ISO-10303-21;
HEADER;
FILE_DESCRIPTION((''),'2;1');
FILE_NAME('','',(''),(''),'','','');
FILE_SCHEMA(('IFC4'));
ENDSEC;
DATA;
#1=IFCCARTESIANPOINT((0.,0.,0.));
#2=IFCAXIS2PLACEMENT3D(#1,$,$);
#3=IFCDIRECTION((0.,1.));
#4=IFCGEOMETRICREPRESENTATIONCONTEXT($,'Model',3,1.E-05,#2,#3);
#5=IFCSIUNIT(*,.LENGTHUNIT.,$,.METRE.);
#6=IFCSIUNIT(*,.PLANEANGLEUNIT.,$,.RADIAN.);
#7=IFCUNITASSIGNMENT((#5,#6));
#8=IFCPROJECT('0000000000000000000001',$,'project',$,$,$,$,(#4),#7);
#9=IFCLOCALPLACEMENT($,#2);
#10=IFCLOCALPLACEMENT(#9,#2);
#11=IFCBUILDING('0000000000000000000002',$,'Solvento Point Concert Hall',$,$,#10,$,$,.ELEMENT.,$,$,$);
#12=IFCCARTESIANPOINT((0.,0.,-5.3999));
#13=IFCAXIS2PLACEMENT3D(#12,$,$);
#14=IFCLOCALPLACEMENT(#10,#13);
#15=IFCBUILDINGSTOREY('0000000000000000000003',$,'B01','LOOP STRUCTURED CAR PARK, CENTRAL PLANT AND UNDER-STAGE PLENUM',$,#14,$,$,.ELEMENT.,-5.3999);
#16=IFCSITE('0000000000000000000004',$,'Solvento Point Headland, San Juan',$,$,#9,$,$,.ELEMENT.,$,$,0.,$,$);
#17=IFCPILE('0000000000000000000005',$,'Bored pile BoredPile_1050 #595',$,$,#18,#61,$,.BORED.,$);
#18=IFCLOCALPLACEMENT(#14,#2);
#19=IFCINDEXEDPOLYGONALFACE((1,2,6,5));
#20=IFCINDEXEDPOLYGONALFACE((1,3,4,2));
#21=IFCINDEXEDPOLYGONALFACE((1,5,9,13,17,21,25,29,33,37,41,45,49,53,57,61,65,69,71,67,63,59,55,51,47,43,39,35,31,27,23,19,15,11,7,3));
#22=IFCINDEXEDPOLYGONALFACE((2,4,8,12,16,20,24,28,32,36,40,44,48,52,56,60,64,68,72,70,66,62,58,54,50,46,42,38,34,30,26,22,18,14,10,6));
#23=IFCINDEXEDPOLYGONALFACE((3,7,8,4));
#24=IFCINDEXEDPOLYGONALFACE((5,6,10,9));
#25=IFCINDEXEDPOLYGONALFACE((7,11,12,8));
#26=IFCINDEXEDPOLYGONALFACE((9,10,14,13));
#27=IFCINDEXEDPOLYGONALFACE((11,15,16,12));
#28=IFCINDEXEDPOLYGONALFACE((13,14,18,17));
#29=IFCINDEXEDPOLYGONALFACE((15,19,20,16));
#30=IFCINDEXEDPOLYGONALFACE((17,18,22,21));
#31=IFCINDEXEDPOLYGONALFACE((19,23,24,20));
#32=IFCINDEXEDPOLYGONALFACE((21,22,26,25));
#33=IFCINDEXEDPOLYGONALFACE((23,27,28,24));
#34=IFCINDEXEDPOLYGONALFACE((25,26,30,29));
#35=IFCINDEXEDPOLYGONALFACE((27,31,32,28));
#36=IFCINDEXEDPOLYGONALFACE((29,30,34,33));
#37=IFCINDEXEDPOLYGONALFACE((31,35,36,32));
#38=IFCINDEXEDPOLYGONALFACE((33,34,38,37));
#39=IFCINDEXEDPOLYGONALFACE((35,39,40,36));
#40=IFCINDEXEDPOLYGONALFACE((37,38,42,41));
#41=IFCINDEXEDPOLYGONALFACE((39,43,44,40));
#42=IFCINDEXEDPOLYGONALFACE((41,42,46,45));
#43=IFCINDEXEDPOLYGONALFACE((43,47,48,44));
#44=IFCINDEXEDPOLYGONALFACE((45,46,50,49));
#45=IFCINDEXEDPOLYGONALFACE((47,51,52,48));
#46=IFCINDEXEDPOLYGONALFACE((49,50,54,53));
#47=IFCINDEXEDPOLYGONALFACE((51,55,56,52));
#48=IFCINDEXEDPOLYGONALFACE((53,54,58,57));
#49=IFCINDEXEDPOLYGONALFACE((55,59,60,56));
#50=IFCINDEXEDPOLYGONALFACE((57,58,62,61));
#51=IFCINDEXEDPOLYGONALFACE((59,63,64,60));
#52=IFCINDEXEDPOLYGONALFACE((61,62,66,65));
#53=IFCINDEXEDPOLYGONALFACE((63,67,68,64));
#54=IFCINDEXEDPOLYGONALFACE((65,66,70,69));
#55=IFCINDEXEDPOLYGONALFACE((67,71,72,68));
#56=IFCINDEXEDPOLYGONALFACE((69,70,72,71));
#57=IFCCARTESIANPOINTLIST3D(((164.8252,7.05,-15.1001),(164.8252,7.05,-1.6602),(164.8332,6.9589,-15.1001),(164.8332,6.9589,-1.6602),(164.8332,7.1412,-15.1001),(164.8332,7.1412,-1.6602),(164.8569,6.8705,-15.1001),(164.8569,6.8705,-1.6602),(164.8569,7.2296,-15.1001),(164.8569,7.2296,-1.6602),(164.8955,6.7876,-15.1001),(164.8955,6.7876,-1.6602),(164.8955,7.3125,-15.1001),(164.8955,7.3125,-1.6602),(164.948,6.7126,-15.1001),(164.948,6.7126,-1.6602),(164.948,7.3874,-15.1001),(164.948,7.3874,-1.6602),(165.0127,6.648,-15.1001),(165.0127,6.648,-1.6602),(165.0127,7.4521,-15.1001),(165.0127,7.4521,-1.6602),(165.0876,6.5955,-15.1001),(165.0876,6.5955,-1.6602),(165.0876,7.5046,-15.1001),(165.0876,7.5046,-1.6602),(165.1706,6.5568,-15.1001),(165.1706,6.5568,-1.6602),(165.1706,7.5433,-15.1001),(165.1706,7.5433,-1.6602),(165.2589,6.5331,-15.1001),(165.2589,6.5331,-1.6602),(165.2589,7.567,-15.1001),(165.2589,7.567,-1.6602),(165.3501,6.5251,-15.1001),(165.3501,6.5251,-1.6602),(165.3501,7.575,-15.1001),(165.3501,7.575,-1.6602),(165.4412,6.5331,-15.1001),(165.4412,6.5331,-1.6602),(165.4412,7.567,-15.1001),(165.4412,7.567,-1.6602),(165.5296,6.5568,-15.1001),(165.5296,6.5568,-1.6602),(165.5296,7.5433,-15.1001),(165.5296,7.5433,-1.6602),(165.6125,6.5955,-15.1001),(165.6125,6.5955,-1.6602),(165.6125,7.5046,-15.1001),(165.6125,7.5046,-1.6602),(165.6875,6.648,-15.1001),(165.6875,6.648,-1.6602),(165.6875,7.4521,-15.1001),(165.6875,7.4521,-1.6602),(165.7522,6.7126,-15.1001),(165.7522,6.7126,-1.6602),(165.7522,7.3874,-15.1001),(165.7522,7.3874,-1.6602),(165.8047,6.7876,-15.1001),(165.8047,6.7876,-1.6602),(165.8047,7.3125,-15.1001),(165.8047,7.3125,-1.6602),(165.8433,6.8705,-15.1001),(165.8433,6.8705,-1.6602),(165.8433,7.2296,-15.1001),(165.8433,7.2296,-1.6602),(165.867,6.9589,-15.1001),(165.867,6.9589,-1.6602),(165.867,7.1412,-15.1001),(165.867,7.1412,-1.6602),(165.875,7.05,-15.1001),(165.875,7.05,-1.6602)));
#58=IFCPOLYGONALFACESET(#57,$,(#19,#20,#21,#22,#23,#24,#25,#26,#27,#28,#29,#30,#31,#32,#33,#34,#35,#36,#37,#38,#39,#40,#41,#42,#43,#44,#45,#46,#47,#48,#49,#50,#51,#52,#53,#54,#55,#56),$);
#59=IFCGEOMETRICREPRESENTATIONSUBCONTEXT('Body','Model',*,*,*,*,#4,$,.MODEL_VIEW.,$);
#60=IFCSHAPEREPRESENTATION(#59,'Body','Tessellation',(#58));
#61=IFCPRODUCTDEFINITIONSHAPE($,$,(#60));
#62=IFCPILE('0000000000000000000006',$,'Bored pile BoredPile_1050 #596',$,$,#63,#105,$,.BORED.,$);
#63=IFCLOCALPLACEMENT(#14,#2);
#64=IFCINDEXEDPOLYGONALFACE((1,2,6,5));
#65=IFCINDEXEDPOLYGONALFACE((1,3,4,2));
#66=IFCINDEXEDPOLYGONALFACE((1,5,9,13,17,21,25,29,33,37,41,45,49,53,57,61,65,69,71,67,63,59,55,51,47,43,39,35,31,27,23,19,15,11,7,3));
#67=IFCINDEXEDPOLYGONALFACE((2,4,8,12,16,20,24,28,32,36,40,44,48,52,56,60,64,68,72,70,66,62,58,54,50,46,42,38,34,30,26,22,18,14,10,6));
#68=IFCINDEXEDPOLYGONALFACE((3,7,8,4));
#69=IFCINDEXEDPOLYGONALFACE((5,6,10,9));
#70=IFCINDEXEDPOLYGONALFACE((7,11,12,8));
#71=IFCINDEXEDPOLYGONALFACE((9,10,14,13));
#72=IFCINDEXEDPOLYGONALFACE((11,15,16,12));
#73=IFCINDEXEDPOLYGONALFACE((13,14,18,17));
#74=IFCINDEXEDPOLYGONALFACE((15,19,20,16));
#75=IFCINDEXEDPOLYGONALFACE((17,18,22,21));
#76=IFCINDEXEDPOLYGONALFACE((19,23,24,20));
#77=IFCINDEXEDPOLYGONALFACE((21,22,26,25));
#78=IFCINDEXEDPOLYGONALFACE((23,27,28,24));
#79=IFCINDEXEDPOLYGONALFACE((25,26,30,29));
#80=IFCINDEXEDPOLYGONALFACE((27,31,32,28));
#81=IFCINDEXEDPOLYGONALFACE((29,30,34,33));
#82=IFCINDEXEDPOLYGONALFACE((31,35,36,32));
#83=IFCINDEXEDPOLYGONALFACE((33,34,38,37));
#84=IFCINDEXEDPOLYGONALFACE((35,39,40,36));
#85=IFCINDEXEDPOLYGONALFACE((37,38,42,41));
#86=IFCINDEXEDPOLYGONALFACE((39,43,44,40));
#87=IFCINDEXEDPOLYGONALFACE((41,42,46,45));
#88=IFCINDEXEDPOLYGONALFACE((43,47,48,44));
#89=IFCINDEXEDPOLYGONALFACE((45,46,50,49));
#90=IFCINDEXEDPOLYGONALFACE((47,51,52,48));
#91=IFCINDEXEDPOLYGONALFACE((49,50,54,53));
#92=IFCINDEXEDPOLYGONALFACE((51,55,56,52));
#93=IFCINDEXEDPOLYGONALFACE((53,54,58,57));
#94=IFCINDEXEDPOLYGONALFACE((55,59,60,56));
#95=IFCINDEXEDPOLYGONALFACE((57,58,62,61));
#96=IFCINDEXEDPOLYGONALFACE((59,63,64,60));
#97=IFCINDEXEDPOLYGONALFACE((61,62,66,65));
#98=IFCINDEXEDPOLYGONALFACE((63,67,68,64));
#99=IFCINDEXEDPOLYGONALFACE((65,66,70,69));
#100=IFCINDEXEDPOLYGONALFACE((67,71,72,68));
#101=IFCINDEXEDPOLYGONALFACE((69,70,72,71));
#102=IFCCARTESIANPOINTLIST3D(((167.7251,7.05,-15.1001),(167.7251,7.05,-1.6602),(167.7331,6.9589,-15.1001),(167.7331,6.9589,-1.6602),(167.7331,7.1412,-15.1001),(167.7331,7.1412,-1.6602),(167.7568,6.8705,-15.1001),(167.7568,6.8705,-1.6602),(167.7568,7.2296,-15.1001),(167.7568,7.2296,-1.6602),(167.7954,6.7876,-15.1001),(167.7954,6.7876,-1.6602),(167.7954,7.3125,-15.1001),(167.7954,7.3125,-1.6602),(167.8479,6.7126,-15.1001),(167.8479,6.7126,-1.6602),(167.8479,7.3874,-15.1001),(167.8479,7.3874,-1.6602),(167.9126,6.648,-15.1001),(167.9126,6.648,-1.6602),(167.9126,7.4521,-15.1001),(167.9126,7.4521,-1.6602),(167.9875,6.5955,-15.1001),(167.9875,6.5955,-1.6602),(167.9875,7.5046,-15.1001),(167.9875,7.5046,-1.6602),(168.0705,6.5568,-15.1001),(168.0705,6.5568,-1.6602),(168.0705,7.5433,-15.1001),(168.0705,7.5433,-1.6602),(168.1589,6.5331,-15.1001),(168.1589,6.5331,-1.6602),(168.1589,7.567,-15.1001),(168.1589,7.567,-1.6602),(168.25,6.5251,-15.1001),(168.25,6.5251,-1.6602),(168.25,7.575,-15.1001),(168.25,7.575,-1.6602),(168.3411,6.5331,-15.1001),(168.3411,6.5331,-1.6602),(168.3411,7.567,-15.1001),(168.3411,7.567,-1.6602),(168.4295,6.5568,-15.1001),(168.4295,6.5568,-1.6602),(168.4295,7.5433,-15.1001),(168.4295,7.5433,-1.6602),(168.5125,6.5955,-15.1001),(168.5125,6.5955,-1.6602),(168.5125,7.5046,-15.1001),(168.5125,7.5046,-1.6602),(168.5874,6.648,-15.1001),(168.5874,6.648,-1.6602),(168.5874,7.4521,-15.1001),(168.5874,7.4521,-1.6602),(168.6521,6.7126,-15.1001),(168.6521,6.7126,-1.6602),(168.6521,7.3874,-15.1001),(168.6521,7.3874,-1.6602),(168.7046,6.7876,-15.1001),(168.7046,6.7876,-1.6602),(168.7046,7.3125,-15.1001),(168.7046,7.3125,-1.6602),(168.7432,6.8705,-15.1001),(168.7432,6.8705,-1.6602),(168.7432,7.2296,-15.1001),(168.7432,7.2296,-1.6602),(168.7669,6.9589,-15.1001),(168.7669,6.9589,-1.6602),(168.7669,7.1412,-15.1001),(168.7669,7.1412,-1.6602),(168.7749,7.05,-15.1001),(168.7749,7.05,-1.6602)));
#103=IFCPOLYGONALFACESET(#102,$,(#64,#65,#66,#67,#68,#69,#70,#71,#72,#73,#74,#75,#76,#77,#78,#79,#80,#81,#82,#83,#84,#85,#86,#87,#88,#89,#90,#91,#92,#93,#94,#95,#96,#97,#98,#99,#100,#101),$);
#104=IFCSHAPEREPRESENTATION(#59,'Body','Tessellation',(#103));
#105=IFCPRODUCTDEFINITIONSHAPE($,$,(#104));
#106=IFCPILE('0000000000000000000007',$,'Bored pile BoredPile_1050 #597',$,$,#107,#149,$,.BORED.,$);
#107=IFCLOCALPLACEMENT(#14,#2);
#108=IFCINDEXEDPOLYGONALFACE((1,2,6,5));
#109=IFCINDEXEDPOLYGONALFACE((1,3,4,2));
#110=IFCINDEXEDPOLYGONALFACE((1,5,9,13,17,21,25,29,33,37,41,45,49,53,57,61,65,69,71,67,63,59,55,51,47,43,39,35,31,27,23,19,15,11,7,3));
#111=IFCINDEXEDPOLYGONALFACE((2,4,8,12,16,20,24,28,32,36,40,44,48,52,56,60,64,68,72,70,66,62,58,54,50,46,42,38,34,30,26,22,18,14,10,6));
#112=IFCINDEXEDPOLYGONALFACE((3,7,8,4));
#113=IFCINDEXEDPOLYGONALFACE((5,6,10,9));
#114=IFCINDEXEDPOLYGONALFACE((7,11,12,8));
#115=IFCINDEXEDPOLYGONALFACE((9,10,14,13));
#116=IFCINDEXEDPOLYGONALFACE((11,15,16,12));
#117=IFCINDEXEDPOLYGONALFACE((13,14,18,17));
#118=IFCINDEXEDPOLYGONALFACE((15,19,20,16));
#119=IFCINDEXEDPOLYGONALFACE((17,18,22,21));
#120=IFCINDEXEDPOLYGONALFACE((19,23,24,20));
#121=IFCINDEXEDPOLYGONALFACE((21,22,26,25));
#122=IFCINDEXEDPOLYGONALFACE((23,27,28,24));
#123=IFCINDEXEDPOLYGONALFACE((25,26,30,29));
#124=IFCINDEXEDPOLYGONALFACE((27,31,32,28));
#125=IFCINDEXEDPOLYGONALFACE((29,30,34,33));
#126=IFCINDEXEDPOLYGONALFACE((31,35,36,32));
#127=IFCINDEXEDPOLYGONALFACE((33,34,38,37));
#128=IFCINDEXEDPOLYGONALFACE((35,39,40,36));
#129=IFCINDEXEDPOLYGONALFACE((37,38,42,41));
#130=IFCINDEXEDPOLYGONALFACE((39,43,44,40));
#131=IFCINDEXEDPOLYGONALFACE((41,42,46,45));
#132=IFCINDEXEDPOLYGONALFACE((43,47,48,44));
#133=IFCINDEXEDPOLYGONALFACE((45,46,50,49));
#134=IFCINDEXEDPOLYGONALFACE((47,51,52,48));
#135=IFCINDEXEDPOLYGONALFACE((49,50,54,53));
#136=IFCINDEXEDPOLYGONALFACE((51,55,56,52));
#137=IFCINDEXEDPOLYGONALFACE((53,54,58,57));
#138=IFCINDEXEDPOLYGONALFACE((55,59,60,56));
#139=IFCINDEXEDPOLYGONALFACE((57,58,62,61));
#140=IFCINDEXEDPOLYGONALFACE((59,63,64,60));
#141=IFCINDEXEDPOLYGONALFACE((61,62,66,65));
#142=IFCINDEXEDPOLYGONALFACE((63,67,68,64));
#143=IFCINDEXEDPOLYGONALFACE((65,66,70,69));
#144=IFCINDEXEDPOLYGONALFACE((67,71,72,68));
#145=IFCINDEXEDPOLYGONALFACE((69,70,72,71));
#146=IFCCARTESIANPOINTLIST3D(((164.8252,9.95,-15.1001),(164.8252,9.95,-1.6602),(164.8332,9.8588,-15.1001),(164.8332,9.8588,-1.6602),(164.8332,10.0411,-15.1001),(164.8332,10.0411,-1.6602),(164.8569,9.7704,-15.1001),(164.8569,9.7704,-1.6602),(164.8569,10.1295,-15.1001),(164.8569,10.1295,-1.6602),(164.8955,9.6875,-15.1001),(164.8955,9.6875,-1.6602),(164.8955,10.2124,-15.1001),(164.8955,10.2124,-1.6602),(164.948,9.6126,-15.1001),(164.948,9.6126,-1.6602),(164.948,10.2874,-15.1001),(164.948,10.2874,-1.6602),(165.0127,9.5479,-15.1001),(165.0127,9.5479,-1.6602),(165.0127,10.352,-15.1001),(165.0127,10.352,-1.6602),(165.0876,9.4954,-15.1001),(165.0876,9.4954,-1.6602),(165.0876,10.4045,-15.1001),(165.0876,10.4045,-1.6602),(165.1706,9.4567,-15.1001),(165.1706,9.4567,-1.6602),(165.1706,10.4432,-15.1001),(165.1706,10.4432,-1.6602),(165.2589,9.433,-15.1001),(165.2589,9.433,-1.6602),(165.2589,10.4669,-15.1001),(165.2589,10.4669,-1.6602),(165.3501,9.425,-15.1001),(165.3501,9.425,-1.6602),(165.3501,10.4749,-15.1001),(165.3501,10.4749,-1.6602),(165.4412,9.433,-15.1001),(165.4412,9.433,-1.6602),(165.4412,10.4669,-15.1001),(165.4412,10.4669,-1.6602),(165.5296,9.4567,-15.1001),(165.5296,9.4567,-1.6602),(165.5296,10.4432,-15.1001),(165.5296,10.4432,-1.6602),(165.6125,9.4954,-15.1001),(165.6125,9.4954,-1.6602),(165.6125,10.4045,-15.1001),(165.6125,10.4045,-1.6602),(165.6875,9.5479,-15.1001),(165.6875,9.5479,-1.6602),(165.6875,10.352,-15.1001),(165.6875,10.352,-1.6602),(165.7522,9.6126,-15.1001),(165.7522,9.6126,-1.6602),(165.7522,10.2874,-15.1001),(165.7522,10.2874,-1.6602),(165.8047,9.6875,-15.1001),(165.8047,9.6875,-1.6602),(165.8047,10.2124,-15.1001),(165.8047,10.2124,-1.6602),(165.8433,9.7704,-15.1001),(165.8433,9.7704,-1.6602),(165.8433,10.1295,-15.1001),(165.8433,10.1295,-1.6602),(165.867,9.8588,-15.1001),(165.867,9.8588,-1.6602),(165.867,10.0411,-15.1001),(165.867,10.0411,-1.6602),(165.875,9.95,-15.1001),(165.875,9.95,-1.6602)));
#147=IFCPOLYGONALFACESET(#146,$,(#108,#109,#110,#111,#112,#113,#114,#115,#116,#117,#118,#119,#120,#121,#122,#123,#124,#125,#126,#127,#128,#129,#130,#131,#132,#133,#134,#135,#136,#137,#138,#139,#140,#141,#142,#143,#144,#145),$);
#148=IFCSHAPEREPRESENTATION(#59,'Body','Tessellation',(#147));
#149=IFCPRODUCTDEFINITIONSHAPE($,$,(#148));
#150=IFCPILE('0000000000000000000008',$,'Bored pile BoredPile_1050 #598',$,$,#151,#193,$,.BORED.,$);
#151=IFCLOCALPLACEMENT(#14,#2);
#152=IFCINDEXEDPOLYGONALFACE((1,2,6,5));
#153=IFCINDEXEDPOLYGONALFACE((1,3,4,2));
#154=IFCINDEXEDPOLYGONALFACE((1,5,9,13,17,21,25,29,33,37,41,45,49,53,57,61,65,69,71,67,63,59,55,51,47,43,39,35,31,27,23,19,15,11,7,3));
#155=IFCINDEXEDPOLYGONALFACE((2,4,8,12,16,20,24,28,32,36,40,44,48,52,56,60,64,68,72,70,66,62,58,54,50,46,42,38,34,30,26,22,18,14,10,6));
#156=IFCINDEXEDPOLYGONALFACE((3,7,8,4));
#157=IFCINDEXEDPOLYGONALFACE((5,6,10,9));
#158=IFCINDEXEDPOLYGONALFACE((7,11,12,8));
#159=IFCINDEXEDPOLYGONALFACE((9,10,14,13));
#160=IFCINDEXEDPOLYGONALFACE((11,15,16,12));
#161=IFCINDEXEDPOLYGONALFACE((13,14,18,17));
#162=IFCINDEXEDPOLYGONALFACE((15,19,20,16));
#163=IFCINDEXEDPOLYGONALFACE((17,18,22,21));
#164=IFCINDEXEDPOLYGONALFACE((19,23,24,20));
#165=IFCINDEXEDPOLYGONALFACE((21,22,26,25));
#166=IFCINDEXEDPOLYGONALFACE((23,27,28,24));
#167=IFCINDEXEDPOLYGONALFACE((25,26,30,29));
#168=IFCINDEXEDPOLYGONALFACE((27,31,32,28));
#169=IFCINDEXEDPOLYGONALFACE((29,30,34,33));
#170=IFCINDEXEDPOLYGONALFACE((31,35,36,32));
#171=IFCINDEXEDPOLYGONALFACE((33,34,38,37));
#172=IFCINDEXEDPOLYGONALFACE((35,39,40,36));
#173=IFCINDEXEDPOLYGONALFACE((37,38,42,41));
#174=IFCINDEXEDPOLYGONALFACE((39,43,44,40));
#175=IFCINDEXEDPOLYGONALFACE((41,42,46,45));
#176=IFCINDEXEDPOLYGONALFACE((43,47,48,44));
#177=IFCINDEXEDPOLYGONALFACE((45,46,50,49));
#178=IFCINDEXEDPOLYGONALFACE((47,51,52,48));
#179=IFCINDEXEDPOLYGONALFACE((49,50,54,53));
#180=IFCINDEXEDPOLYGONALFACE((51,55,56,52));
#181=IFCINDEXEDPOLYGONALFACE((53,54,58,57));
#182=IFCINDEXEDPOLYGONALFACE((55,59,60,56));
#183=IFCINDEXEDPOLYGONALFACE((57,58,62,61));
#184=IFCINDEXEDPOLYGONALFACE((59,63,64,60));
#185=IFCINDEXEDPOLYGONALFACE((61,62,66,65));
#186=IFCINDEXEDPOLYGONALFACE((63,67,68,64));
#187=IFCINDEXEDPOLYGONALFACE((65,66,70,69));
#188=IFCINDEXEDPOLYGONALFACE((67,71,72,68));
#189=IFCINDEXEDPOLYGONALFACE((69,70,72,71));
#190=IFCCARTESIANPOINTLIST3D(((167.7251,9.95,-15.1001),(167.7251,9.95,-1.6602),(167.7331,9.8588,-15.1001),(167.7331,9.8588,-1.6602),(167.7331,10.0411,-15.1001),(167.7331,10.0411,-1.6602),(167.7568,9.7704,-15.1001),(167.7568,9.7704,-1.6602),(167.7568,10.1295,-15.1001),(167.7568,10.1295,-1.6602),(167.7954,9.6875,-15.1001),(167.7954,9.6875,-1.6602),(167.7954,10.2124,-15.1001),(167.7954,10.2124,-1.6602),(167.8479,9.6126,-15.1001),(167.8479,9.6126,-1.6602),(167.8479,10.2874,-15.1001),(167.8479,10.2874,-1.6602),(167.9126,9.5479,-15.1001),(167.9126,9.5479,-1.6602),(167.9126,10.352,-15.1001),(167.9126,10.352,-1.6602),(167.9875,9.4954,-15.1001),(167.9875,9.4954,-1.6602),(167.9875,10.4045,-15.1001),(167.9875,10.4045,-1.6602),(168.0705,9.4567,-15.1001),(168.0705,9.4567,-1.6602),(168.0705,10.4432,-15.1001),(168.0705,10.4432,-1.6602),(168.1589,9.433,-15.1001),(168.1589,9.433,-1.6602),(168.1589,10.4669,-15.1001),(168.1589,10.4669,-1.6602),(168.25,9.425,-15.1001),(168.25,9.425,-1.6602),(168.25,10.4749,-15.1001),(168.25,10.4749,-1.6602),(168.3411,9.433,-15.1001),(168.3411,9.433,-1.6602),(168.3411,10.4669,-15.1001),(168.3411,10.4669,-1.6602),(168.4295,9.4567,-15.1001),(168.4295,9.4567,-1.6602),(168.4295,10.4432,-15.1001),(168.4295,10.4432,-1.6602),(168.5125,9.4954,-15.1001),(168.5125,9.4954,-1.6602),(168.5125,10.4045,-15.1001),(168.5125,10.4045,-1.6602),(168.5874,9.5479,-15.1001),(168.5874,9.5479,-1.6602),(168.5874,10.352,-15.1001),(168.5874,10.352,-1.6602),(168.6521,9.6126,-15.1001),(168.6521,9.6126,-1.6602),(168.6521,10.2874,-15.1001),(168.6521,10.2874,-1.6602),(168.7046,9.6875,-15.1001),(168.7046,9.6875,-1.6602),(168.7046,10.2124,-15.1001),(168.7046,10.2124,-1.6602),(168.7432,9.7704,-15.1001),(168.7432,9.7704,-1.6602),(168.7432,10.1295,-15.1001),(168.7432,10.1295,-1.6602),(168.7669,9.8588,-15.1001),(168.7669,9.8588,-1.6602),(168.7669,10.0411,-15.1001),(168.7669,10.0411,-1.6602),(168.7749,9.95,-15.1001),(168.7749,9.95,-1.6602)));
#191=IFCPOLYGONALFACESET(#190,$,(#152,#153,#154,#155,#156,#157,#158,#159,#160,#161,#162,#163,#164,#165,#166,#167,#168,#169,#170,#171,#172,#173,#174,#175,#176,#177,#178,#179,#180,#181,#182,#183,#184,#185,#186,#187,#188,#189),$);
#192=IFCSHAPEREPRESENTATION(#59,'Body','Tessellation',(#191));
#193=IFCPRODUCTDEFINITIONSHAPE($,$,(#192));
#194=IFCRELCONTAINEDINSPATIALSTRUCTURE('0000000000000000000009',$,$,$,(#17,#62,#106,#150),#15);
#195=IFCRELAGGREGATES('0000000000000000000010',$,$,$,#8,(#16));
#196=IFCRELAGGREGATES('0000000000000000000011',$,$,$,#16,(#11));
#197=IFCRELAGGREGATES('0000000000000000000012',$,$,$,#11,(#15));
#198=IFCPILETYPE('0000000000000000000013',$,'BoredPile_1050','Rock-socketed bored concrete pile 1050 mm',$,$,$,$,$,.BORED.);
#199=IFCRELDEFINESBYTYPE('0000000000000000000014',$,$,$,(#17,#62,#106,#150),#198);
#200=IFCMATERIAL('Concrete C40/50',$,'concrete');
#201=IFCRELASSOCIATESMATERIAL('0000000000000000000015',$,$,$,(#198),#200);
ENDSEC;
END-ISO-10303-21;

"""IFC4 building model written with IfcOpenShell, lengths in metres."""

from ifc_helpers import new_model, si_unit, direction, frame, origin, origin_2d, place, context, subcontext, project, spatial, circle, extrude, material, material_profile, profile_set, type_object, element, save


model = new_model("IFC4")

# Units and contexts
model_context = context("Model", 3, precision=1e-05, world=origin(), true_north=direction((0.0, 1.0)))
body_context = subcontext(model_context, "Body", "Model", "MODEL_VIEW")
ifc_project = project(units=[si_unit("LENGTHUNIT", "METRE"), si_unit("PLANEANGLEUNIT", "RADIAN")], contexts=[model_context])

# Site, building, storey
site_placement = place(None, origin())
site = spatial("IfcSite", under=ifc_project, at=site_placement, Name="Solvento Point Headland, San Juan", CompositionType="ELEMENT", RefElevation=0.0)
building_placement = place(site_placement, origin())
building = spatial("IfcBuilding", under=site, at=building_placement, Name="Solvento Point Concert Hall", CompositionType="ELEMENT")
storey_placement = place(building_placement, frame((0.0, 0.0, -5.3999)))
storey = spatial("IfcBuildingStorey", under=building, at=storey_placement, Name="B01", Description="LOOP STRUCTURED CAR PARK, CENTRAL PLANT AND UNDER-STAGE PLENUM", CompositionType="ELEMENT", Elevation=-5.3999)

# Piles
ifc_material_1 = material(Name="Concrete C40/50", Category="concrete")
ifc_material_profile_1 = material_profile(ifc_material_1, circle(Radius=0.5249, at=origin_2d()), Name="BP-1050")
ifc_profile_set_1 = profile_set([ifc_material_profile_1], Name="Concrete C40/50")
pile_type_1 = type_object("IfcPileType", Name="BoredPile_1050", Description="Rock-socketed bored concrete pile 1050 mm", PredefinedType="BORED", material=ifc_profile_set_1)
for number, where, z_axis, x_axis, name in (
    (1, (165.3501, 7.05, -1.6602), (0.0, 0.0, -1.0), (1.0, 0.0, 0.0), "Bored pile BoredPile_1050 #595"),
    (2, (168.25, 7.05, -1.6602), (0.0, 0.0, -1.0), (1.0, 0.0, 0.0), "Bored pile BoredPile_1050 #596"),
    (3, (165.3501, 9.95, -1.6602), (0.0, 0.0, -1.0), (1.0, 0.0, 0.0), "Bored pile BoredPile_1050 #597"),
    (4, (168.25, 9.95, -1.6602), (0.0, 0.0, -1.0), (1.0, 0.0, 0.0), "Bored pile BoredPile_1050 #598"),
):
    element("IfcPile", number, at=place(storey_placement, frame(where, z_axis=z_axis, x_axis=x_axis)), inside=storey, type_object=pile_type_1, Name=name, PredefinedType="BORED", context=body_context, shape_type="SweptSolid", body=[
        extrude(circle(Radius=0.5249, at=origin_2d()), origin(), (0.0, 0.0, 1.0), 13.4399),
    ])

save(model, "model.ifc")
